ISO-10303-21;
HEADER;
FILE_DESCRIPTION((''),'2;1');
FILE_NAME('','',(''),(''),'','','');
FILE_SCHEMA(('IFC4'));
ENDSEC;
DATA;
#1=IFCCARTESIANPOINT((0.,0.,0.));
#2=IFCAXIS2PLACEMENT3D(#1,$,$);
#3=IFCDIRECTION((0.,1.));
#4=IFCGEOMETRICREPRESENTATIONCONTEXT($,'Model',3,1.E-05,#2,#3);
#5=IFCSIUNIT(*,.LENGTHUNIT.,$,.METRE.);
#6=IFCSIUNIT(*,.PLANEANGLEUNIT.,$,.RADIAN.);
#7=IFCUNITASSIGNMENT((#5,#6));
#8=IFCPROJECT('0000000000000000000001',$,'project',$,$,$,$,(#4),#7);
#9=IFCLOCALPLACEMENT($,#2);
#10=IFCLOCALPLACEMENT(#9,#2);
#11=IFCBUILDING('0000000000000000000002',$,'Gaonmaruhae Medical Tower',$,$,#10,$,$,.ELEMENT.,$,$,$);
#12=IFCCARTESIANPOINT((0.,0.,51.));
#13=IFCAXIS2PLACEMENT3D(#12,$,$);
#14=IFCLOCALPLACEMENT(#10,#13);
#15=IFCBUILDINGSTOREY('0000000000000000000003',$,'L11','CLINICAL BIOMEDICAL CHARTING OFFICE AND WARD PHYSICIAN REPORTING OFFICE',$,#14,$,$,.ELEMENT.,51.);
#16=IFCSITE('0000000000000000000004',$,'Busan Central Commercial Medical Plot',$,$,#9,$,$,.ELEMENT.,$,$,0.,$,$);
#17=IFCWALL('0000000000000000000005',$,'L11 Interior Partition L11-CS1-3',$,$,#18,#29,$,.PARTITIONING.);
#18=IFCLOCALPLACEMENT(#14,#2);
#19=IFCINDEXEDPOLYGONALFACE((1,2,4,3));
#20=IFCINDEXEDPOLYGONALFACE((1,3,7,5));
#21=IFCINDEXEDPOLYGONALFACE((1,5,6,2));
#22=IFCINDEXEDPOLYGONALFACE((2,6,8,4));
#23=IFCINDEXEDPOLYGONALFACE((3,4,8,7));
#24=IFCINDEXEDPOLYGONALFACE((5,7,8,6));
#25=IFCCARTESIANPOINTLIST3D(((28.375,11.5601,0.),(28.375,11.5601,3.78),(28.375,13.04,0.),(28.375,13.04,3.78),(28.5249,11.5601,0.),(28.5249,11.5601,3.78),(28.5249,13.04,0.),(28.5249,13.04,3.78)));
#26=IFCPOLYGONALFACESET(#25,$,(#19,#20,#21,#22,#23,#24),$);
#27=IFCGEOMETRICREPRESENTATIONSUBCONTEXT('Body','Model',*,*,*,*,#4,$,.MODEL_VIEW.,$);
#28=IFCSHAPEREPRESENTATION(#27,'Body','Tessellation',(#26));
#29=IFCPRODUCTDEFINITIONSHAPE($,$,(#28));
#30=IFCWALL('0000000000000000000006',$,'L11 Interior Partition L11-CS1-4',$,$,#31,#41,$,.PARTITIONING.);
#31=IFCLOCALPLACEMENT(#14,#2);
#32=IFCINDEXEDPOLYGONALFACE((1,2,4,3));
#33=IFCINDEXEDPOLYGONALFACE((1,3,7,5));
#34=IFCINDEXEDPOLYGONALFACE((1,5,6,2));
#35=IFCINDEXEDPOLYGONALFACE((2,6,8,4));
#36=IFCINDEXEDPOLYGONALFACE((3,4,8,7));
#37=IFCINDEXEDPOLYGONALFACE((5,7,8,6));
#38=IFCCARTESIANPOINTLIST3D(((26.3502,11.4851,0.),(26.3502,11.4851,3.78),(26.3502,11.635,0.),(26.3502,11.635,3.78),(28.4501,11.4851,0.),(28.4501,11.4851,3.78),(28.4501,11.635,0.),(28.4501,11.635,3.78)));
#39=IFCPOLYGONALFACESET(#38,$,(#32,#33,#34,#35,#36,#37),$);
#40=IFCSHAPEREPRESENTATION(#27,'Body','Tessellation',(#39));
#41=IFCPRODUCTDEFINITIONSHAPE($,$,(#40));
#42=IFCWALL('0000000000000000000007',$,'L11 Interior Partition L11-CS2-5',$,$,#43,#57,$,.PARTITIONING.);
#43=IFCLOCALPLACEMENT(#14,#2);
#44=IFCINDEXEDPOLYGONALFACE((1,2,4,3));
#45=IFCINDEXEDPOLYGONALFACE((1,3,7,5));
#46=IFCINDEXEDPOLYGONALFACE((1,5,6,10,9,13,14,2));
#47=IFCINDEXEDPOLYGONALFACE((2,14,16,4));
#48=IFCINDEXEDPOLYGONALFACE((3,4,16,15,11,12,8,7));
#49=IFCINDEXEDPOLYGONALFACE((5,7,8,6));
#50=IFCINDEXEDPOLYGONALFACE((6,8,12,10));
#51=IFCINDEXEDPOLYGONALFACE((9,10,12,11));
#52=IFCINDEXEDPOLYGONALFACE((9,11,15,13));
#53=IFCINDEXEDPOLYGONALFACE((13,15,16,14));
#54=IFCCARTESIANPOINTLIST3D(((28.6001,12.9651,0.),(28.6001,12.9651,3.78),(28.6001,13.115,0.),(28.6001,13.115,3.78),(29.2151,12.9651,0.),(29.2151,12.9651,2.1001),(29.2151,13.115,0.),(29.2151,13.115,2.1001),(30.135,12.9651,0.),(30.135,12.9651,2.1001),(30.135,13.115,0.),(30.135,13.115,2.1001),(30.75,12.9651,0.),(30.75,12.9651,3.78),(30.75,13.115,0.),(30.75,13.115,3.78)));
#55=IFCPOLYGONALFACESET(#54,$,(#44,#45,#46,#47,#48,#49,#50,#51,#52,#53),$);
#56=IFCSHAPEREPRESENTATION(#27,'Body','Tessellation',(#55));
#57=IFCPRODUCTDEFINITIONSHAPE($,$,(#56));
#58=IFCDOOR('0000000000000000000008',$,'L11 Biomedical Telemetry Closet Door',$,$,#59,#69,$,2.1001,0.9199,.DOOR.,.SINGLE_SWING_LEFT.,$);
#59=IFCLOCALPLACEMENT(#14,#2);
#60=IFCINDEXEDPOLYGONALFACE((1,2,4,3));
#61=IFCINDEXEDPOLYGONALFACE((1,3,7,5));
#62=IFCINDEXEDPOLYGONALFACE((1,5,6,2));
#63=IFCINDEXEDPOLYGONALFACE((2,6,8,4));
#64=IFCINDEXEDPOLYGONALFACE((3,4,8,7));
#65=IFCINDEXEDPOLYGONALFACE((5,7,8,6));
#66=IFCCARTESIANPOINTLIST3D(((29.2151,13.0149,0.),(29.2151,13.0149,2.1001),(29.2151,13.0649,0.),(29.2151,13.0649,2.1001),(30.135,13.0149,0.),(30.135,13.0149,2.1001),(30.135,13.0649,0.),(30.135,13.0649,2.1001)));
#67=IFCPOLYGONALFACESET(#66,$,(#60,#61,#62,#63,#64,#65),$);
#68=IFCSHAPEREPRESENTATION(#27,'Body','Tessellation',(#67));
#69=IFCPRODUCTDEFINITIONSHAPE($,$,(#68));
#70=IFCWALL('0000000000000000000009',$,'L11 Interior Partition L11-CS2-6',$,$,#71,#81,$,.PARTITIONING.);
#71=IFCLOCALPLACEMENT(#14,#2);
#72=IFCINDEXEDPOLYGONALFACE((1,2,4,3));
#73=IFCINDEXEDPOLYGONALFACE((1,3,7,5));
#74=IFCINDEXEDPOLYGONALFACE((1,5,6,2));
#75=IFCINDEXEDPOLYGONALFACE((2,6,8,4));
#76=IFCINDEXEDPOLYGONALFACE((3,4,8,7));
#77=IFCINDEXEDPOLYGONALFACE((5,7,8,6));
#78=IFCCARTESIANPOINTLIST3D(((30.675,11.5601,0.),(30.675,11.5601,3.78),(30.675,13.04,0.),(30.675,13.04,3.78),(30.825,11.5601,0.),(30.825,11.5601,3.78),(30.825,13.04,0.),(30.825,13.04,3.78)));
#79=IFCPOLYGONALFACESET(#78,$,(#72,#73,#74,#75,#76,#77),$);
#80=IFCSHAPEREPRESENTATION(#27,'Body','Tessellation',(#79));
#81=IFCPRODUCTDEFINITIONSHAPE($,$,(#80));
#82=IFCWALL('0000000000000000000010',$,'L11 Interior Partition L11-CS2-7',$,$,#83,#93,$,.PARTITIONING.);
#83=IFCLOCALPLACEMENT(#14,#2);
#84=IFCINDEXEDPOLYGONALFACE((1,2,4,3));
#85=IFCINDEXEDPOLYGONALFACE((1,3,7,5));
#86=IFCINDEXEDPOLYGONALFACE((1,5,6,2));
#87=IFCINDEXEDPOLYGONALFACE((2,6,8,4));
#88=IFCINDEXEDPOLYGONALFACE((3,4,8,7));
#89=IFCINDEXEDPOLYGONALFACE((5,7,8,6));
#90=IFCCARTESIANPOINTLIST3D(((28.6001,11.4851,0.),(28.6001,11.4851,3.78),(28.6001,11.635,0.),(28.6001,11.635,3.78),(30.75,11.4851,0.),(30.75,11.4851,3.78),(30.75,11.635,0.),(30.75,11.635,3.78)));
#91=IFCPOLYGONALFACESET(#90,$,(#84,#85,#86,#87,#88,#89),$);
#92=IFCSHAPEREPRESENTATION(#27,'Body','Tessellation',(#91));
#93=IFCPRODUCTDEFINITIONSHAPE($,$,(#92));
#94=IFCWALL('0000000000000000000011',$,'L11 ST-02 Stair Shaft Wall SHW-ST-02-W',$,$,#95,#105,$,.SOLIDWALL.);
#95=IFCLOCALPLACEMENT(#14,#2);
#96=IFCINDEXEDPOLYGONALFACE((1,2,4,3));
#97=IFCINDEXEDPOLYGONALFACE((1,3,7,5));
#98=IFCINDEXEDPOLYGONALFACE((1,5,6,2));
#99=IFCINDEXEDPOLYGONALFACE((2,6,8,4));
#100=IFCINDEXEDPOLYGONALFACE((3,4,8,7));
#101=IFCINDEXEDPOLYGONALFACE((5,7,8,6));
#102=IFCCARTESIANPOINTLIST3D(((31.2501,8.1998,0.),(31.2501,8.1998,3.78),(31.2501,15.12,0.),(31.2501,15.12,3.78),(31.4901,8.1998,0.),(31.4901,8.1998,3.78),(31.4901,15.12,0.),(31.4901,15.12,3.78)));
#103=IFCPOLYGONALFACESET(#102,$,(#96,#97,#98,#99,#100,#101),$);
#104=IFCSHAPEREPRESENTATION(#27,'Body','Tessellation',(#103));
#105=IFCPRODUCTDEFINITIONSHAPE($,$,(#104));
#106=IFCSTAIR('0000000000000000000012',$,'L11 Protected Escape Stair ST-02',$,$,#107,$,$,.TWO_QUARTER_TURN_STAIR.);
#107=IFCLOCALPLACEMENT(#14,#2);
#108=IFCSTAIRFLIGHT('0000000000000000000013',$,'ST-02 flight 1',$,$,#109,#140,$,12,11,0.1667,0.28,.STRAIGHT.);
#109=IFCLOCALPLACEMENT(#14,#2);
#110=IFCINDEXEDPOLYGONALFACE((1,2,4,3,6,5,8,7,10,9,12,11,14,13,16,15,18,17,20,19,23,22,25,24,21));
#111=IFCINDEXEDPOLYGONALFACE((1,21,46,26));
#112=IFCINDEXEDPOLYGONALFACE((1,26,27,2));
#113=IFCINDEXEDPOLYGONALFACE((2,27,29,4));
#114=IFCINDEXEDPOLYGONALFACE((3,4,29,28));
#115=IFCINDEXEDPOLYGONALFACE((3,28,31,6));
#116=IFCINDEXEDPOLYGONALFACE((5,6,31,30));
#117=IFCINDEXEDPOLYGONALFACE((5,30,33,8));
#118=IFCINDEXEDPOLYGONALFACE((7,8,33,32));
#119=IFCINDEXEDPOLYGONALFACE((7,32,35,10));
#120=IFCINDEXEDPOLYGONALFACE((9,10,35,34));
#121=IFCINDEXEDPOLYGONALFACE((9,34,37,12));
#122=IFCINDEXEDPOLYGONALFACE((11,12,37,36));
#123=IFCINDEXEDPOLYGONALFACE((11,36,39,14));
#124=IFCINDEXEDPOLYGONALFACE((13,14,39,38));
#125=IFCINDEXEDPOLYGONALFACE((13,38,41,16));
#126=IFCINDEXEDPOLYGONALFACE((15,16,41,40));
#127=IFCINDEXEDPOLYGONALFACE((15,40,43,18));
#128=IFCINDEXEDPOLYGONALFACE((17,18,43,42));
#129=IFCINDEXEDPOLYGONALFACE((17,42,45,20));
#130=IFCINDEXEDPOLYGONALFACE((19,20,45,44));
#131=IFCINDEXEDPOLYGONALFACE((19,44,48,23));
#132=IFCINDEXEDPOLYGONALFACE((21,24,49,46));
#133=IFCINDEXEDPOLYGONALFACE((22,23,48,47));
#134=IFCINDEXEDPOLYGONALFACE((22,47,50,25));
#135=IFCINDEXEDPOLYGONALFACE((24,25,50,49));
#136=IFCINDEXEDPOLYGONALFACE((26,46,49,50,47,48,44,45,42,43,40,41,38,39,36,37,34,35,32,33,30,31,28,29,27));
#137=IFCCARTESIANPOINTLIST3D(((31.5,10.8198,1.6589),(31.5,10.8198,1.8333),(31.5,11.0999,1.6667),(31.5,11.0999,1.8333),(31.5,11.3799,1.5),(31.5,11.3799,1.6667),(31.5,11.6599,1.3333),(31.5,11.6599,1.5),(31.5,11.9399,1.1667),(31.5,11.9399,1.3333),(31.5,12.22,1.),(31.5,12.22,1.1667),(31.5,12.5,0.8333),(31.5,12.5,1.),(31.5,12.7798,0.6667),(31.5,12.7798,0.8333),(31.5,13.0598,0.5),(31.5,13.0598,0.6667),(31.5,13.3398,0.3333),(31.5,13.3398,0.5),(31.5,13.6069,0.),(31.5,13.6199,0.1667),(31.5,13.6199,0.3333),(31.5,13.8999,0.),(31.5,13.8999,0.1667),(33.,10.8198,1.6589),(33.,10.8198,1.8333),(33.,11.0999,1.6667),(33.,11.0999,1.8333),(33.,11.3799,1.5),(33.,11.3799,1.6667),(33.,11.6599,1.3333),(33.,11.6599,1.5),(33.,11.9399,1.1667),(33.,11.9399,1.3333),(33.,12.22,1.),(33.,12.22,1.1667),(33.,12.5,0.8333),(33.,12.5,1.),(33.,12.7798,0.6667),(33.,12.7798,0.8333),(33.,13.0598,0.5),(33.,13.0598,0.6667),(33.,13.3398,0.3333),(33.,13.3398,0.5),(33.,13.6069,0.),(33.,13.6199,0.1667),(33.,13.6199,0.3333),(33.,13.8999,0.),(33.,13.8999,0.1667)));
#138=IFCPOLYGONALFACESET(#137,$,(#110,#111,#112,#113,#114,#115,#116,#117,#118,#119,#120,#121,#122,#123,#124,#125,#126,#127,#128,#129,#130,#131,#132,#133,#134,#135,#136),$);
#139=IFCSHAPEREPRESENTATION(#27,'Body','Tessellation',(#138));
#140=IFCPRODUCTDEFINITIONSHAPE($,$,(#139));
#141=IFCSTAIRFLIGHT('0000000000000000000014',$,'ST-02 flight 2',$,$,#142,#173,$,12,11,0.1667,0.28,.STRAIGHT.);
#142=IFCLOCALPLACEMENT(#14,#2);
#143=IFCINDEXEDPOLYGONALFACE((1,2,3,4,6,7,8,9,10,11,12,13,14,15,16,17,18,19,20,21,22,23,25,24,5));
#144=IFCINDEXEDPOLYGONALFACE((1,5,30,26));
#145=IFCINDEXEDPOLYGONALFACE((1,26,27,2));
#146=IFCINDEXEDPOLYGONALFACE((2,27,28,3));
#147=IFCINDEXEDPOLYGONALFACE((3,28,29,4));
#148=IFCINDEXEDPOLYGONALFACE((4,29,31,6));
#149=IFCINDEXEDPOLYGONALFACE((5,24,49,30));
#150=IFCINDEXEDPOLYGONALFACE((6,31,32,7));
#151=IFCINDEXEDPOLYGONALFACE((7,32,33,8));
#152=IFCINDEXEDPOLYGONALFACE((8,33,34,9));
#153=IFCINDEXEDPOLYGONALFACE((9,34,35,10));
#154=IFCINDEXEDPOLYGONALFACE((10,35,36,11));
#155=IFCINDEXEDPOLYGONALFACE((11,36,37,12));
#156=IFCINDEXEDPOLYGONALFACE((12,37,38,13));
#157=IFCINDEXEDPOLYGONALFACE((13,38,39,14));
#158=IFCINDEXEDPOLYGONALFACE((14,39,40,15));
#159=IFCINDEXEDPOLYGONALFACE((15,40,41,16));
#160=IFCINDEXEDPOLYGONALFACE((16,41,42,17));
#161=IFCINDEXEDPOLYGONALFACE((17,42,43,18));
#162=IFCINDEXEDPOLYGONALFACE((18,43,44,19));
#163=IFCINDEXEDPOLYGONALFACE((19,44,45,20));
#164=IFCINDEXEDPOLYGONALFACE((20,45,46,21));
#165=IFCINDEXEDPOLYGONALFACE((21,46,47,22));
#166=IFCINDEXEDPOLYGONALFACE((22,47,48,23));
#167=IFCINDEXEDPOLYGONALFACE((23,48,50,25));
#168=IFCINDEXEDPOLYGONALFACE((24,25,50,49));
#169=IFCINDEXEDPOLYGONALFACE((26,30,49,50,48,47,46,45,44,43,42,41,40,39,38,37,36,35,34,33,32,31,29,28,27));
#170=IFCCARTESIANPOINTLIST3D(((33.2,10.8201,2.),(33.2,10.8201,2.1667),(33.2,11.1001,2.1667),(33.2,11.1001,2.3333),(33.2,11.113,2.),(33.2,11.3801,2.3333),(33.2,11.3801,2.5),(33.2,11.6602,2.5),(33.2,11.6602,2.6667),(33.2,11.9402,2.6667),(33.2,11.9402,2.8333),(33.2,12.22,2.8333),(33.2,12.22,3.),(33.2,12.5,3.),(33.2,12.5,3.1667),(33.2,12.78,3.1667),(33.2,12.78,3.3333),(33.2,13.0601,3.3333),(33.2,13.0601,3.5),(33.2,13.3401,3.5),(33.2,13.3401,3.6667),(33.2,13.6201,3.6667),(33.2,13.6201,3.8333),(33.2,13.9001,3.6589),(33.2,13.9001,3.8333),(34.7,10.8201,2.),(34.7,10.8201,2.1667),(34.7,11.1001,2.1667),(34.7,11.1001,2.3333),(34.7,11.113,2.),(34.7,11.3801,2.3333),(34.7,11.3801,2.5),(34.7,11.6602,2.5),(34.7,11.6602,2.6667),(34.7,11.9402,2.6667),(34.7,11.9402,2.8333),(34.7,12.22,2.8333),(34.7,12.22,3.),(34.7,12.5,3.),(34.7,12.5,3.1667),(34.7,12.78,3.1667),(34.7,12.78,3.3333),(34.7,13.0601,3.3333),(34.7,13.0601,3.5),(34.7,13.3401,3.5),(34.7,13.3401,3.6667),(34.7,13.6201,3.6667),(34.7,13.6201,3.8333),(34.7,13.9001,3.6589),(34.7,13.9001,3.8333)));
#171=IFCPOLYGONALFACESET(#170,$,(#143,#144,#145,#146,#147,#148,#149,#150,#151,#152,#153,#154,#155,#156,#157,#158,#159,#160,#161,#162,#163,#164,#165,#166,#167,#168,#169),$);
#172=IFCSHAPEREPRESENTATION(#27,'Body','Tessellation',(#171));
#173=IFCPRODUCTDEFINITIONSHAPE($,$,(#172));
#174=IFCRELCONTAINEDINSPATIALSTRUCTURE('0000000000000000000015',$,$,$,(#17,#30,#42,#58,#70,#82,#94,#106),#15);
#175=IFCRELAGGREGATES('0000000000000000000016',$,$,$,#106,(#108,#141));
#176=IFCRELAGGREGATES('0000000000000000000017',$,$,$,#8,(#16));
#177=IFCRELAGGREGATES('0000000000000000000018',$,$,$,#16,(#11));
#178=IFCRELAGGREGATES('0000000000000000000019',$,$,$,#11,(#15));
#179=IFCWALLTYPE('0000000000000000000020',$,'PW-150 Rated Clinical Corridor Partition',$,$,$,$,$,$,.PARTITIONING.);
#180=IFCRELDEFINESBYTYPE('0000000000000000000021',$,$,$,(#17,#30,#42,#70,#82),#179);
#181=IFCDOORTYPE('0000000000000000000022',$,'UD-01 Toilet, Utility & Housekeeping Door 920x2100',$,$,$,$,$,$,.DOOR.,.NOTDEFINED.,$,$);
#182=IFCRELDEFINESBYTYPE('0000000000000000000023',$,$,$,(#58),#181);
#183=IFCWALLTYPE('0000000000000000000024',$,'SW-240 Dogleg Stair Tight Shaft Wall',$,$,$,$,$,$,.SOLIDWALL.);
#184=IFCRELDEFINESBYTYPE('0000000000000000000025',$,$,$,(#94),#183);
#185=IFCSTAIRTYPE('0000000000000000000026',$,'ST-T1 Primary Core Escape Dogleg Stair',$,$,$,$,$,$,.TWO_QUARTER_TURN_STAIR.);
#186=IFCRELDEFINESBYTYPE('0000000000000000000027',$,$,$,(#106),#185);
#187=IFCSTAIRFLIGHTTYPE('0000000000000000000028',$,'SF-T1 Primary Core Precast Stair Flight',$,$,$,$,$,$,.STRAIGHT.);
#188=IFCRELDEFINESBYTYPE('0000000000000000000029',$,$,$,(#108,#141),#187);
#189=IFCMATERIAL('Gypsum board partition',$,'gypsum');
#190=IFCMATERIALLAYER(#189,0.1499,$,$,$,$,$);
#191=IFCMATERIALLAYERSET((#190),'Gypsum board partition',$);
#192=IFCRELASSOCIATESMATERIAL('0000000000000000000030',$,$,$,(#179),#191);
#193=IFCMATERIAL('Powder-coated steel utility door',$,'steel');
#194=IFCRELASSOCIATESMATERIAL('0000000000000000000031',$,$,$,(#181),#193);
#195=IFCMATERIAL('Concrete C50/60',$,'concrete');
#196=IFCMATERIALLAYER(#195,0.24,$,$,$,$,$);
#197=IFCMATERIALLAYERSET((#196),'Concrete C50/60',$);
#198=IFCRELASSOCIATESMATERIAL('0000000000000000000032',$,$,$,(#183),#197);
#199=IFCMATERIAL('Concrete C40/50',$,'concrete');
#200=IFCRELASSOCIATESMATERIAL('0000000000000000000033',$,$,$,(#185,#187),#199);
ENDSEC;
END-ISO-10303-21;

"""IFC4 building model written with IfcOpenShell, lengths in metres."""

from ifc_helpers import new_model, si_unit, direction, frame, frame_2d, origin, place, context, subcontext, project, spatial, polyline, rectangle, outline, extrude, material, layer, layer_set, type_object, element, fill, aggregate, save


model = new_model("IFC4")

# Units and contexts
model_context = context("Model", 3, precision=1e-05, world=origin(), true_north=direction((0.0, 1.0)))
body_context = subcontext(model_context, "Body", "Model", "MODEL_VIEW")
ifc_project = project(units=[si_unit("LENGTHUNIT", "METRE"), si_unit("PLANEANGLEUNIT", "RADIAN")], contexts=[model_context])

# Site, building, storey
site_placement = place(None, origin())
site = spatial("IfcSite", under=ifc_project, at=site_placement, Name="Busan Central Commercial Medical Plot", CompositionType="ELEMENT", RefElevation=0.0)
building_placement = place(site_placement, origin())
building = spatial("IfcBuilding", under=site, at=building_placement, Name="Gaonmaruhae Medical Tower", CompositionType="ELEMENT")
storey_placement = place(building_placement, frame((0.0, 0.0, 51.0)))
storey = spatial("IfcBuildingStorey", under=building, at=storey_placement, Name="L11", Description="CLINICAL BIOMEDICAL CHARTING OFFICE AND WARD PHYSICIAN REPORTING OFFICE", CompositionType="ELEMENT", Elevation=51.0)

# Shared definitions
ifc_material_1 = material(Name="Gypsum board partition", Category="gypsum")
ifc_layer_1 = layer(ifc_material_1, 0.1499)
ifc_layer_set_1 = layer_set([ifc_layer_1], Name="Gypsum board partition")
wall_type_1 = type_object("IfcWallType", Name="PW-150 Rated Clinical Corridor Partition", PredefinedType="PARTITIONING", material=ifc_layer_set_1)

# Shared definitions
ifc_material_2 = material(Name="Powder-coated steel utility door", Category="steel")
door_type_1 = type_object("IfcDoorType", Name="UD-01 Toilet, Utility & Housekeeping Door 920x2100", OperationType="NOTDEFINED", PredefinedType="DOOR", material=ifc_material_2)

# Walls
wall_1_placement = place(storey_placement, frame((28.45, 13.04, 0.0), z_axis=(0.0, 0.0, 1.0), x_axis=(0.0, -1.0, 0.0)))
element("IfcWall", 1, at=wall_1_placement, inside=storey, type_object=wall_type_1, Name="L11 Interior Partition L11-CS1-3", PredefinedType="PARTITIONING", context=body_context, shape_type="SweptSolid", body=[
    extrude(rectangle(XDim=1.48, YDim=0.1499, at=frame_2d((0.74, 0.0))), origin(), (0.0, 0.0, 1.0), 3.78),
])
wall_2_placement = place(storey_placement, frame((28.45, 11.5601, 0.0), z_axis=(0.0, 0.0, 1.0), x_axis=(-1.0, 0.0, 0.0)))
element("IfcWall", 2, at=wall_2_placement, inside=storey, type_object=wall_type_1, Name="L11 Interior Partition L11-CS1-4", PredefinedType="PARTITIONING", context=body_context, shape_type="SweptSolid", body=[
    extrude(rectangle(XDim=2.0999, YDim=0.1499, at=frame_2d((1.0498, 0.0))), origin(), (0.0, 0.0, 1.0), 3.78),
])

# Wall, opening, door
wall_3_placement = place(storey_placement, frame((28.6001, 13.04, 0.0), z_axis=(0.0, 0.0, 1.0), x_axis=(1.0, 0.0, 0.0)))
wall_3 = element("IfcWall", 3, at=wall_3_placement, inside=storey, type_object=wall_type_1, Name="L11 Interior Partition L11-CS2-5", PredefinedType="PARTITIONING", context=body_context, shape_type="SweptSolid", body=[
    extrude(rectangle(XDim=2.1499, YDim=0.1499, at=frame_2d((1.075, 0.0))), origin(), (0.0, 0.0, 1.0), 3.78),
])
opening_1_placement = place(wall_3_placement, frame((0.615, 0.0, 0.0)))
opening_1 = element("IfcOpeningElement", 4, at=opening_1_placement, cuts=wall_3, PredefinedType="OPENING", context=body_context, shape_type="SweptSolid", body=[
    extrude(rectangle(XDim=0.9199, YDim=2.1001, at=frame_2d((0.46, 1.05))), frame((0.0, 0.085, 0.0), z_axis=(0.0, -1.0, 0.0), x_axis=(1.0, 0.0, 0.0)), (0.0, 0.0, 1.0), 0.1699),
])
door_1_placement = place(opening_1_placement, origin())
door_1 = element("IfcDoor", 5, at=door_1_placement, inside=storey, type_object=door_type_1, Name="L11 Biomedical Telemetry Closet Door", OperationType="SINGLE_SWING_LEFT", OverallHeight=2.1001, OverallWidth=0.9199, PredefinedType="DOOR", context=body_context, shape_type="SweptSolid", body=[
    extrude(rectangle(XDim=0.9199, YDim=2.1001, at=frame_2d((0.46, 1.05))), frame((0.0, 0.0249, 0.0), z_axis=(0.0, -1.0, 0.0), x_axis=(1.0, 0.0, 0.0)), (0.0, 0.0, 1.0), 0.05),
])
fill(opening_1, door_1)

# Walls
wall_4_placement = place(storey_placement, frame((30.75, 13.04, 0.0), z_axis=(0.0, 0.0, 1.0), x_axis=(0.0, -1.0, 0.0)))
element("IfcWall", 6, at=wall_4_placement, inside=storey, type_object=wall_type_1, Name="L11 Interior Partition L11-CS2-6", PredefinedType="PARTITIONING", context=body_context, shape_type="SweptSolid", body=[
    extrude(rectangle(XDim=1.48, YDim=0.1499, at=frame_2d((0.74, 0.0))), origin(), (0.0, 0.0, 1.0), 3.78),
])
wall_5_placement = place(storey_placement, frame((30.75, 11.5601, 0.0), z_axis=(0.0, 0.0, 1.0), x_axis=(-1.0, 0.0, 0.0)))
element("IfcWall", 7, at=wall_5_placement, inside=storey, type_object=wall_type_1, Name="L11 Interior Partition L11-CS2-7", PredefinedType="PARTITIONING", context=body_context, shape_type="SweptSolid", body=[
    extrude(rectangle(XDim=2.1499, YDim=0.1499, at=frame_2d((1.075, 0.0))), origin(), (0.0, 0.0, 1.0), 3.78),
])
ifc_material_3 = material(Name="Concrete C50/60", Category="concrete")
ifc_layer_2 = layer(ifc_material_3, 0.24)
ifc_layer_set_2 = layer_set([ifc_layer_2], Name="Concrete C50/60")
wall_type_2 = type_object("IfcWallType", Name="SW-240 Dogleg Stair Tight Shaft Wall", PredefinedType="SOLIDWALL", material=ifc_layer_set_2)
wall_6_placement = place(storey_placement, frame((31.3701, 8.2, 0.0), z_axis=(0.0, 0.0, 1.0), x_axis=(0.0, 1.0, 0.0)))
element("IfcWall", 8, at=wall_6_placement, inside=storey, type_object=wall_type_2, Name="L11 ST-02 Stair Shaft Wall SHW-ST-02-W", PredefinedType="SOLIDWALL", context=body_context, shape_type="SweptSolid", body=[
    extrude(rectangle(XDim=6.9202, YDim=0.24, at=frame_2d((3.46, 0.0))), origin(), (0.0, 0.0, 1.0), 3.78),
])

# Stair, stair flights
ifc_material_4 = material(Name="Concrete C40/50", Category="concrete")
stair_type = type_object("IfcStairType", Name="ST-T1 Primary Core Escape Dogleg Stair", PredefinedType="TWO_QUARTER_TURN_STAIR", material=ifc_material_4)
stair_placement = place(storey_placement, origin())
stair = element("IfcStair", 9, at=stair_placement, inside=storey, type_object=stair_type, Name="L11 Protected Escape Stair ST-02", PredefinedType="TWO_QUARTER_TURN_STAIR")
stair_flight_type = type_object("IfcStairFlightType", Name="SF-T1 Primary Core Precast Stair Flight", PredefinedType="STRAIGHT", material=ifc_material_4)
stair_flight_1_placement = place(storey_placement, frame((32.25, 13.8999, 0.0), z_axis=(0.0, 0.0, 1.0), x_axis=(0.0, -1.0, 0.0)))
stair_flight_1 = element("IfcStairFlight", 10, at=stair_flight_1_placement, type_object=stair_flight_type, Name="ST-02 flight 1", NumberOfRisers=12, NumberOfTreads=11, PredefinedType="STRAIGHT", RiserHeight=0.1667, TreadLength=0.28, context=body_context, shape_type="SweptSolid", body=[
    extrude(outline(polyline([(0.0, 0.0), (0.0, 0.1667), (0.28, 0.1667), (0.28, 0.3333), (0.5601, 0.3333), (0.5601, 0.5), (0.8401, 0.5), (0.8401, 0.6667), (1.1201, 0.6667), (1.1201, 0.8333), (1.3999, 0.8333), (1.3999, 1.0), (1.6799, 1.0), (1.6799, 1.1667), (1.96, 1.1667), (1.96, 1.3333), (2.24, 1.3333), (2.24, 1.5), (2.52, 1.5), (2.52, 1.6667), (2.8, 1.6667), (2.8, 1.8333), (3.0801, 1.8333), (3.0801, 2.0), (3.0801, 1.6589), (0.293, 0.0), (0.0, 0.0)])), frame((0.0, 0.75, 0.0), z_axis=(0.0, -1.0, 0.0), x_axis=(1.0, 0.0, 0.0)), (0.0, 0.0, 1.0), 1.5),
])
stair_flight_2_placement = place(storey_placement, frame((33.95, 10.8201, 2.0), z_axis=(0.0, 0.0, 1.0), x_axis=(0.0, 1.0, 0.0)))
stair_flight_2 = element("IfcStairFlight", 11, at=stair_flight_2_placement, type_object=stair_flight_type, Name="ST-02 flight 2", NumberOfRisers=12, NumberOfTreads=11, PredefinedType="STRAIGHT", RiserHeight=0.1667, TreadLength=0.28, context=body_context, shape_type="SweptSolid", body=[
    extrude(outline(polyline([(0.0, 0.0), (0.0, 0.1667), (0.28, 0.1667), (0.28, 0.3333), (0.5601, 0.3333), (0.5601, 0.5), (0.8401, 0.5), (0.8401, 0.6667), (1.1201, 0.6667), (1.1201, 0.8333), (1.3999, 0.8333), (1.3999, 1.0), (1.6799, 1.0), (1.6799, 1.1667), (1.96, 1.1667), (1.96, 1.3333), (2.24, 1.3333), (2.24, 1.5), (2.52, 1.5), (2.52, 1.6667), (2.8, 1.6667), (2.8, 1.8333), (3.0801, 1.8333), (3.0801, 2.0), (3.0801, 1.6589), (0.293, 0.0), (0.0, 0.0)])), frame((0.0, 0.75, 0.0), z_axis=(0.0, -1.0, 0.0), x_axis=(1.0, 0.0, 0.0)), (0.0, 0.0, 1.0), 1.5),
])
aggregate(stair, [stair_flight_1, stair_flight_2])

save(model, "model.ifc")
